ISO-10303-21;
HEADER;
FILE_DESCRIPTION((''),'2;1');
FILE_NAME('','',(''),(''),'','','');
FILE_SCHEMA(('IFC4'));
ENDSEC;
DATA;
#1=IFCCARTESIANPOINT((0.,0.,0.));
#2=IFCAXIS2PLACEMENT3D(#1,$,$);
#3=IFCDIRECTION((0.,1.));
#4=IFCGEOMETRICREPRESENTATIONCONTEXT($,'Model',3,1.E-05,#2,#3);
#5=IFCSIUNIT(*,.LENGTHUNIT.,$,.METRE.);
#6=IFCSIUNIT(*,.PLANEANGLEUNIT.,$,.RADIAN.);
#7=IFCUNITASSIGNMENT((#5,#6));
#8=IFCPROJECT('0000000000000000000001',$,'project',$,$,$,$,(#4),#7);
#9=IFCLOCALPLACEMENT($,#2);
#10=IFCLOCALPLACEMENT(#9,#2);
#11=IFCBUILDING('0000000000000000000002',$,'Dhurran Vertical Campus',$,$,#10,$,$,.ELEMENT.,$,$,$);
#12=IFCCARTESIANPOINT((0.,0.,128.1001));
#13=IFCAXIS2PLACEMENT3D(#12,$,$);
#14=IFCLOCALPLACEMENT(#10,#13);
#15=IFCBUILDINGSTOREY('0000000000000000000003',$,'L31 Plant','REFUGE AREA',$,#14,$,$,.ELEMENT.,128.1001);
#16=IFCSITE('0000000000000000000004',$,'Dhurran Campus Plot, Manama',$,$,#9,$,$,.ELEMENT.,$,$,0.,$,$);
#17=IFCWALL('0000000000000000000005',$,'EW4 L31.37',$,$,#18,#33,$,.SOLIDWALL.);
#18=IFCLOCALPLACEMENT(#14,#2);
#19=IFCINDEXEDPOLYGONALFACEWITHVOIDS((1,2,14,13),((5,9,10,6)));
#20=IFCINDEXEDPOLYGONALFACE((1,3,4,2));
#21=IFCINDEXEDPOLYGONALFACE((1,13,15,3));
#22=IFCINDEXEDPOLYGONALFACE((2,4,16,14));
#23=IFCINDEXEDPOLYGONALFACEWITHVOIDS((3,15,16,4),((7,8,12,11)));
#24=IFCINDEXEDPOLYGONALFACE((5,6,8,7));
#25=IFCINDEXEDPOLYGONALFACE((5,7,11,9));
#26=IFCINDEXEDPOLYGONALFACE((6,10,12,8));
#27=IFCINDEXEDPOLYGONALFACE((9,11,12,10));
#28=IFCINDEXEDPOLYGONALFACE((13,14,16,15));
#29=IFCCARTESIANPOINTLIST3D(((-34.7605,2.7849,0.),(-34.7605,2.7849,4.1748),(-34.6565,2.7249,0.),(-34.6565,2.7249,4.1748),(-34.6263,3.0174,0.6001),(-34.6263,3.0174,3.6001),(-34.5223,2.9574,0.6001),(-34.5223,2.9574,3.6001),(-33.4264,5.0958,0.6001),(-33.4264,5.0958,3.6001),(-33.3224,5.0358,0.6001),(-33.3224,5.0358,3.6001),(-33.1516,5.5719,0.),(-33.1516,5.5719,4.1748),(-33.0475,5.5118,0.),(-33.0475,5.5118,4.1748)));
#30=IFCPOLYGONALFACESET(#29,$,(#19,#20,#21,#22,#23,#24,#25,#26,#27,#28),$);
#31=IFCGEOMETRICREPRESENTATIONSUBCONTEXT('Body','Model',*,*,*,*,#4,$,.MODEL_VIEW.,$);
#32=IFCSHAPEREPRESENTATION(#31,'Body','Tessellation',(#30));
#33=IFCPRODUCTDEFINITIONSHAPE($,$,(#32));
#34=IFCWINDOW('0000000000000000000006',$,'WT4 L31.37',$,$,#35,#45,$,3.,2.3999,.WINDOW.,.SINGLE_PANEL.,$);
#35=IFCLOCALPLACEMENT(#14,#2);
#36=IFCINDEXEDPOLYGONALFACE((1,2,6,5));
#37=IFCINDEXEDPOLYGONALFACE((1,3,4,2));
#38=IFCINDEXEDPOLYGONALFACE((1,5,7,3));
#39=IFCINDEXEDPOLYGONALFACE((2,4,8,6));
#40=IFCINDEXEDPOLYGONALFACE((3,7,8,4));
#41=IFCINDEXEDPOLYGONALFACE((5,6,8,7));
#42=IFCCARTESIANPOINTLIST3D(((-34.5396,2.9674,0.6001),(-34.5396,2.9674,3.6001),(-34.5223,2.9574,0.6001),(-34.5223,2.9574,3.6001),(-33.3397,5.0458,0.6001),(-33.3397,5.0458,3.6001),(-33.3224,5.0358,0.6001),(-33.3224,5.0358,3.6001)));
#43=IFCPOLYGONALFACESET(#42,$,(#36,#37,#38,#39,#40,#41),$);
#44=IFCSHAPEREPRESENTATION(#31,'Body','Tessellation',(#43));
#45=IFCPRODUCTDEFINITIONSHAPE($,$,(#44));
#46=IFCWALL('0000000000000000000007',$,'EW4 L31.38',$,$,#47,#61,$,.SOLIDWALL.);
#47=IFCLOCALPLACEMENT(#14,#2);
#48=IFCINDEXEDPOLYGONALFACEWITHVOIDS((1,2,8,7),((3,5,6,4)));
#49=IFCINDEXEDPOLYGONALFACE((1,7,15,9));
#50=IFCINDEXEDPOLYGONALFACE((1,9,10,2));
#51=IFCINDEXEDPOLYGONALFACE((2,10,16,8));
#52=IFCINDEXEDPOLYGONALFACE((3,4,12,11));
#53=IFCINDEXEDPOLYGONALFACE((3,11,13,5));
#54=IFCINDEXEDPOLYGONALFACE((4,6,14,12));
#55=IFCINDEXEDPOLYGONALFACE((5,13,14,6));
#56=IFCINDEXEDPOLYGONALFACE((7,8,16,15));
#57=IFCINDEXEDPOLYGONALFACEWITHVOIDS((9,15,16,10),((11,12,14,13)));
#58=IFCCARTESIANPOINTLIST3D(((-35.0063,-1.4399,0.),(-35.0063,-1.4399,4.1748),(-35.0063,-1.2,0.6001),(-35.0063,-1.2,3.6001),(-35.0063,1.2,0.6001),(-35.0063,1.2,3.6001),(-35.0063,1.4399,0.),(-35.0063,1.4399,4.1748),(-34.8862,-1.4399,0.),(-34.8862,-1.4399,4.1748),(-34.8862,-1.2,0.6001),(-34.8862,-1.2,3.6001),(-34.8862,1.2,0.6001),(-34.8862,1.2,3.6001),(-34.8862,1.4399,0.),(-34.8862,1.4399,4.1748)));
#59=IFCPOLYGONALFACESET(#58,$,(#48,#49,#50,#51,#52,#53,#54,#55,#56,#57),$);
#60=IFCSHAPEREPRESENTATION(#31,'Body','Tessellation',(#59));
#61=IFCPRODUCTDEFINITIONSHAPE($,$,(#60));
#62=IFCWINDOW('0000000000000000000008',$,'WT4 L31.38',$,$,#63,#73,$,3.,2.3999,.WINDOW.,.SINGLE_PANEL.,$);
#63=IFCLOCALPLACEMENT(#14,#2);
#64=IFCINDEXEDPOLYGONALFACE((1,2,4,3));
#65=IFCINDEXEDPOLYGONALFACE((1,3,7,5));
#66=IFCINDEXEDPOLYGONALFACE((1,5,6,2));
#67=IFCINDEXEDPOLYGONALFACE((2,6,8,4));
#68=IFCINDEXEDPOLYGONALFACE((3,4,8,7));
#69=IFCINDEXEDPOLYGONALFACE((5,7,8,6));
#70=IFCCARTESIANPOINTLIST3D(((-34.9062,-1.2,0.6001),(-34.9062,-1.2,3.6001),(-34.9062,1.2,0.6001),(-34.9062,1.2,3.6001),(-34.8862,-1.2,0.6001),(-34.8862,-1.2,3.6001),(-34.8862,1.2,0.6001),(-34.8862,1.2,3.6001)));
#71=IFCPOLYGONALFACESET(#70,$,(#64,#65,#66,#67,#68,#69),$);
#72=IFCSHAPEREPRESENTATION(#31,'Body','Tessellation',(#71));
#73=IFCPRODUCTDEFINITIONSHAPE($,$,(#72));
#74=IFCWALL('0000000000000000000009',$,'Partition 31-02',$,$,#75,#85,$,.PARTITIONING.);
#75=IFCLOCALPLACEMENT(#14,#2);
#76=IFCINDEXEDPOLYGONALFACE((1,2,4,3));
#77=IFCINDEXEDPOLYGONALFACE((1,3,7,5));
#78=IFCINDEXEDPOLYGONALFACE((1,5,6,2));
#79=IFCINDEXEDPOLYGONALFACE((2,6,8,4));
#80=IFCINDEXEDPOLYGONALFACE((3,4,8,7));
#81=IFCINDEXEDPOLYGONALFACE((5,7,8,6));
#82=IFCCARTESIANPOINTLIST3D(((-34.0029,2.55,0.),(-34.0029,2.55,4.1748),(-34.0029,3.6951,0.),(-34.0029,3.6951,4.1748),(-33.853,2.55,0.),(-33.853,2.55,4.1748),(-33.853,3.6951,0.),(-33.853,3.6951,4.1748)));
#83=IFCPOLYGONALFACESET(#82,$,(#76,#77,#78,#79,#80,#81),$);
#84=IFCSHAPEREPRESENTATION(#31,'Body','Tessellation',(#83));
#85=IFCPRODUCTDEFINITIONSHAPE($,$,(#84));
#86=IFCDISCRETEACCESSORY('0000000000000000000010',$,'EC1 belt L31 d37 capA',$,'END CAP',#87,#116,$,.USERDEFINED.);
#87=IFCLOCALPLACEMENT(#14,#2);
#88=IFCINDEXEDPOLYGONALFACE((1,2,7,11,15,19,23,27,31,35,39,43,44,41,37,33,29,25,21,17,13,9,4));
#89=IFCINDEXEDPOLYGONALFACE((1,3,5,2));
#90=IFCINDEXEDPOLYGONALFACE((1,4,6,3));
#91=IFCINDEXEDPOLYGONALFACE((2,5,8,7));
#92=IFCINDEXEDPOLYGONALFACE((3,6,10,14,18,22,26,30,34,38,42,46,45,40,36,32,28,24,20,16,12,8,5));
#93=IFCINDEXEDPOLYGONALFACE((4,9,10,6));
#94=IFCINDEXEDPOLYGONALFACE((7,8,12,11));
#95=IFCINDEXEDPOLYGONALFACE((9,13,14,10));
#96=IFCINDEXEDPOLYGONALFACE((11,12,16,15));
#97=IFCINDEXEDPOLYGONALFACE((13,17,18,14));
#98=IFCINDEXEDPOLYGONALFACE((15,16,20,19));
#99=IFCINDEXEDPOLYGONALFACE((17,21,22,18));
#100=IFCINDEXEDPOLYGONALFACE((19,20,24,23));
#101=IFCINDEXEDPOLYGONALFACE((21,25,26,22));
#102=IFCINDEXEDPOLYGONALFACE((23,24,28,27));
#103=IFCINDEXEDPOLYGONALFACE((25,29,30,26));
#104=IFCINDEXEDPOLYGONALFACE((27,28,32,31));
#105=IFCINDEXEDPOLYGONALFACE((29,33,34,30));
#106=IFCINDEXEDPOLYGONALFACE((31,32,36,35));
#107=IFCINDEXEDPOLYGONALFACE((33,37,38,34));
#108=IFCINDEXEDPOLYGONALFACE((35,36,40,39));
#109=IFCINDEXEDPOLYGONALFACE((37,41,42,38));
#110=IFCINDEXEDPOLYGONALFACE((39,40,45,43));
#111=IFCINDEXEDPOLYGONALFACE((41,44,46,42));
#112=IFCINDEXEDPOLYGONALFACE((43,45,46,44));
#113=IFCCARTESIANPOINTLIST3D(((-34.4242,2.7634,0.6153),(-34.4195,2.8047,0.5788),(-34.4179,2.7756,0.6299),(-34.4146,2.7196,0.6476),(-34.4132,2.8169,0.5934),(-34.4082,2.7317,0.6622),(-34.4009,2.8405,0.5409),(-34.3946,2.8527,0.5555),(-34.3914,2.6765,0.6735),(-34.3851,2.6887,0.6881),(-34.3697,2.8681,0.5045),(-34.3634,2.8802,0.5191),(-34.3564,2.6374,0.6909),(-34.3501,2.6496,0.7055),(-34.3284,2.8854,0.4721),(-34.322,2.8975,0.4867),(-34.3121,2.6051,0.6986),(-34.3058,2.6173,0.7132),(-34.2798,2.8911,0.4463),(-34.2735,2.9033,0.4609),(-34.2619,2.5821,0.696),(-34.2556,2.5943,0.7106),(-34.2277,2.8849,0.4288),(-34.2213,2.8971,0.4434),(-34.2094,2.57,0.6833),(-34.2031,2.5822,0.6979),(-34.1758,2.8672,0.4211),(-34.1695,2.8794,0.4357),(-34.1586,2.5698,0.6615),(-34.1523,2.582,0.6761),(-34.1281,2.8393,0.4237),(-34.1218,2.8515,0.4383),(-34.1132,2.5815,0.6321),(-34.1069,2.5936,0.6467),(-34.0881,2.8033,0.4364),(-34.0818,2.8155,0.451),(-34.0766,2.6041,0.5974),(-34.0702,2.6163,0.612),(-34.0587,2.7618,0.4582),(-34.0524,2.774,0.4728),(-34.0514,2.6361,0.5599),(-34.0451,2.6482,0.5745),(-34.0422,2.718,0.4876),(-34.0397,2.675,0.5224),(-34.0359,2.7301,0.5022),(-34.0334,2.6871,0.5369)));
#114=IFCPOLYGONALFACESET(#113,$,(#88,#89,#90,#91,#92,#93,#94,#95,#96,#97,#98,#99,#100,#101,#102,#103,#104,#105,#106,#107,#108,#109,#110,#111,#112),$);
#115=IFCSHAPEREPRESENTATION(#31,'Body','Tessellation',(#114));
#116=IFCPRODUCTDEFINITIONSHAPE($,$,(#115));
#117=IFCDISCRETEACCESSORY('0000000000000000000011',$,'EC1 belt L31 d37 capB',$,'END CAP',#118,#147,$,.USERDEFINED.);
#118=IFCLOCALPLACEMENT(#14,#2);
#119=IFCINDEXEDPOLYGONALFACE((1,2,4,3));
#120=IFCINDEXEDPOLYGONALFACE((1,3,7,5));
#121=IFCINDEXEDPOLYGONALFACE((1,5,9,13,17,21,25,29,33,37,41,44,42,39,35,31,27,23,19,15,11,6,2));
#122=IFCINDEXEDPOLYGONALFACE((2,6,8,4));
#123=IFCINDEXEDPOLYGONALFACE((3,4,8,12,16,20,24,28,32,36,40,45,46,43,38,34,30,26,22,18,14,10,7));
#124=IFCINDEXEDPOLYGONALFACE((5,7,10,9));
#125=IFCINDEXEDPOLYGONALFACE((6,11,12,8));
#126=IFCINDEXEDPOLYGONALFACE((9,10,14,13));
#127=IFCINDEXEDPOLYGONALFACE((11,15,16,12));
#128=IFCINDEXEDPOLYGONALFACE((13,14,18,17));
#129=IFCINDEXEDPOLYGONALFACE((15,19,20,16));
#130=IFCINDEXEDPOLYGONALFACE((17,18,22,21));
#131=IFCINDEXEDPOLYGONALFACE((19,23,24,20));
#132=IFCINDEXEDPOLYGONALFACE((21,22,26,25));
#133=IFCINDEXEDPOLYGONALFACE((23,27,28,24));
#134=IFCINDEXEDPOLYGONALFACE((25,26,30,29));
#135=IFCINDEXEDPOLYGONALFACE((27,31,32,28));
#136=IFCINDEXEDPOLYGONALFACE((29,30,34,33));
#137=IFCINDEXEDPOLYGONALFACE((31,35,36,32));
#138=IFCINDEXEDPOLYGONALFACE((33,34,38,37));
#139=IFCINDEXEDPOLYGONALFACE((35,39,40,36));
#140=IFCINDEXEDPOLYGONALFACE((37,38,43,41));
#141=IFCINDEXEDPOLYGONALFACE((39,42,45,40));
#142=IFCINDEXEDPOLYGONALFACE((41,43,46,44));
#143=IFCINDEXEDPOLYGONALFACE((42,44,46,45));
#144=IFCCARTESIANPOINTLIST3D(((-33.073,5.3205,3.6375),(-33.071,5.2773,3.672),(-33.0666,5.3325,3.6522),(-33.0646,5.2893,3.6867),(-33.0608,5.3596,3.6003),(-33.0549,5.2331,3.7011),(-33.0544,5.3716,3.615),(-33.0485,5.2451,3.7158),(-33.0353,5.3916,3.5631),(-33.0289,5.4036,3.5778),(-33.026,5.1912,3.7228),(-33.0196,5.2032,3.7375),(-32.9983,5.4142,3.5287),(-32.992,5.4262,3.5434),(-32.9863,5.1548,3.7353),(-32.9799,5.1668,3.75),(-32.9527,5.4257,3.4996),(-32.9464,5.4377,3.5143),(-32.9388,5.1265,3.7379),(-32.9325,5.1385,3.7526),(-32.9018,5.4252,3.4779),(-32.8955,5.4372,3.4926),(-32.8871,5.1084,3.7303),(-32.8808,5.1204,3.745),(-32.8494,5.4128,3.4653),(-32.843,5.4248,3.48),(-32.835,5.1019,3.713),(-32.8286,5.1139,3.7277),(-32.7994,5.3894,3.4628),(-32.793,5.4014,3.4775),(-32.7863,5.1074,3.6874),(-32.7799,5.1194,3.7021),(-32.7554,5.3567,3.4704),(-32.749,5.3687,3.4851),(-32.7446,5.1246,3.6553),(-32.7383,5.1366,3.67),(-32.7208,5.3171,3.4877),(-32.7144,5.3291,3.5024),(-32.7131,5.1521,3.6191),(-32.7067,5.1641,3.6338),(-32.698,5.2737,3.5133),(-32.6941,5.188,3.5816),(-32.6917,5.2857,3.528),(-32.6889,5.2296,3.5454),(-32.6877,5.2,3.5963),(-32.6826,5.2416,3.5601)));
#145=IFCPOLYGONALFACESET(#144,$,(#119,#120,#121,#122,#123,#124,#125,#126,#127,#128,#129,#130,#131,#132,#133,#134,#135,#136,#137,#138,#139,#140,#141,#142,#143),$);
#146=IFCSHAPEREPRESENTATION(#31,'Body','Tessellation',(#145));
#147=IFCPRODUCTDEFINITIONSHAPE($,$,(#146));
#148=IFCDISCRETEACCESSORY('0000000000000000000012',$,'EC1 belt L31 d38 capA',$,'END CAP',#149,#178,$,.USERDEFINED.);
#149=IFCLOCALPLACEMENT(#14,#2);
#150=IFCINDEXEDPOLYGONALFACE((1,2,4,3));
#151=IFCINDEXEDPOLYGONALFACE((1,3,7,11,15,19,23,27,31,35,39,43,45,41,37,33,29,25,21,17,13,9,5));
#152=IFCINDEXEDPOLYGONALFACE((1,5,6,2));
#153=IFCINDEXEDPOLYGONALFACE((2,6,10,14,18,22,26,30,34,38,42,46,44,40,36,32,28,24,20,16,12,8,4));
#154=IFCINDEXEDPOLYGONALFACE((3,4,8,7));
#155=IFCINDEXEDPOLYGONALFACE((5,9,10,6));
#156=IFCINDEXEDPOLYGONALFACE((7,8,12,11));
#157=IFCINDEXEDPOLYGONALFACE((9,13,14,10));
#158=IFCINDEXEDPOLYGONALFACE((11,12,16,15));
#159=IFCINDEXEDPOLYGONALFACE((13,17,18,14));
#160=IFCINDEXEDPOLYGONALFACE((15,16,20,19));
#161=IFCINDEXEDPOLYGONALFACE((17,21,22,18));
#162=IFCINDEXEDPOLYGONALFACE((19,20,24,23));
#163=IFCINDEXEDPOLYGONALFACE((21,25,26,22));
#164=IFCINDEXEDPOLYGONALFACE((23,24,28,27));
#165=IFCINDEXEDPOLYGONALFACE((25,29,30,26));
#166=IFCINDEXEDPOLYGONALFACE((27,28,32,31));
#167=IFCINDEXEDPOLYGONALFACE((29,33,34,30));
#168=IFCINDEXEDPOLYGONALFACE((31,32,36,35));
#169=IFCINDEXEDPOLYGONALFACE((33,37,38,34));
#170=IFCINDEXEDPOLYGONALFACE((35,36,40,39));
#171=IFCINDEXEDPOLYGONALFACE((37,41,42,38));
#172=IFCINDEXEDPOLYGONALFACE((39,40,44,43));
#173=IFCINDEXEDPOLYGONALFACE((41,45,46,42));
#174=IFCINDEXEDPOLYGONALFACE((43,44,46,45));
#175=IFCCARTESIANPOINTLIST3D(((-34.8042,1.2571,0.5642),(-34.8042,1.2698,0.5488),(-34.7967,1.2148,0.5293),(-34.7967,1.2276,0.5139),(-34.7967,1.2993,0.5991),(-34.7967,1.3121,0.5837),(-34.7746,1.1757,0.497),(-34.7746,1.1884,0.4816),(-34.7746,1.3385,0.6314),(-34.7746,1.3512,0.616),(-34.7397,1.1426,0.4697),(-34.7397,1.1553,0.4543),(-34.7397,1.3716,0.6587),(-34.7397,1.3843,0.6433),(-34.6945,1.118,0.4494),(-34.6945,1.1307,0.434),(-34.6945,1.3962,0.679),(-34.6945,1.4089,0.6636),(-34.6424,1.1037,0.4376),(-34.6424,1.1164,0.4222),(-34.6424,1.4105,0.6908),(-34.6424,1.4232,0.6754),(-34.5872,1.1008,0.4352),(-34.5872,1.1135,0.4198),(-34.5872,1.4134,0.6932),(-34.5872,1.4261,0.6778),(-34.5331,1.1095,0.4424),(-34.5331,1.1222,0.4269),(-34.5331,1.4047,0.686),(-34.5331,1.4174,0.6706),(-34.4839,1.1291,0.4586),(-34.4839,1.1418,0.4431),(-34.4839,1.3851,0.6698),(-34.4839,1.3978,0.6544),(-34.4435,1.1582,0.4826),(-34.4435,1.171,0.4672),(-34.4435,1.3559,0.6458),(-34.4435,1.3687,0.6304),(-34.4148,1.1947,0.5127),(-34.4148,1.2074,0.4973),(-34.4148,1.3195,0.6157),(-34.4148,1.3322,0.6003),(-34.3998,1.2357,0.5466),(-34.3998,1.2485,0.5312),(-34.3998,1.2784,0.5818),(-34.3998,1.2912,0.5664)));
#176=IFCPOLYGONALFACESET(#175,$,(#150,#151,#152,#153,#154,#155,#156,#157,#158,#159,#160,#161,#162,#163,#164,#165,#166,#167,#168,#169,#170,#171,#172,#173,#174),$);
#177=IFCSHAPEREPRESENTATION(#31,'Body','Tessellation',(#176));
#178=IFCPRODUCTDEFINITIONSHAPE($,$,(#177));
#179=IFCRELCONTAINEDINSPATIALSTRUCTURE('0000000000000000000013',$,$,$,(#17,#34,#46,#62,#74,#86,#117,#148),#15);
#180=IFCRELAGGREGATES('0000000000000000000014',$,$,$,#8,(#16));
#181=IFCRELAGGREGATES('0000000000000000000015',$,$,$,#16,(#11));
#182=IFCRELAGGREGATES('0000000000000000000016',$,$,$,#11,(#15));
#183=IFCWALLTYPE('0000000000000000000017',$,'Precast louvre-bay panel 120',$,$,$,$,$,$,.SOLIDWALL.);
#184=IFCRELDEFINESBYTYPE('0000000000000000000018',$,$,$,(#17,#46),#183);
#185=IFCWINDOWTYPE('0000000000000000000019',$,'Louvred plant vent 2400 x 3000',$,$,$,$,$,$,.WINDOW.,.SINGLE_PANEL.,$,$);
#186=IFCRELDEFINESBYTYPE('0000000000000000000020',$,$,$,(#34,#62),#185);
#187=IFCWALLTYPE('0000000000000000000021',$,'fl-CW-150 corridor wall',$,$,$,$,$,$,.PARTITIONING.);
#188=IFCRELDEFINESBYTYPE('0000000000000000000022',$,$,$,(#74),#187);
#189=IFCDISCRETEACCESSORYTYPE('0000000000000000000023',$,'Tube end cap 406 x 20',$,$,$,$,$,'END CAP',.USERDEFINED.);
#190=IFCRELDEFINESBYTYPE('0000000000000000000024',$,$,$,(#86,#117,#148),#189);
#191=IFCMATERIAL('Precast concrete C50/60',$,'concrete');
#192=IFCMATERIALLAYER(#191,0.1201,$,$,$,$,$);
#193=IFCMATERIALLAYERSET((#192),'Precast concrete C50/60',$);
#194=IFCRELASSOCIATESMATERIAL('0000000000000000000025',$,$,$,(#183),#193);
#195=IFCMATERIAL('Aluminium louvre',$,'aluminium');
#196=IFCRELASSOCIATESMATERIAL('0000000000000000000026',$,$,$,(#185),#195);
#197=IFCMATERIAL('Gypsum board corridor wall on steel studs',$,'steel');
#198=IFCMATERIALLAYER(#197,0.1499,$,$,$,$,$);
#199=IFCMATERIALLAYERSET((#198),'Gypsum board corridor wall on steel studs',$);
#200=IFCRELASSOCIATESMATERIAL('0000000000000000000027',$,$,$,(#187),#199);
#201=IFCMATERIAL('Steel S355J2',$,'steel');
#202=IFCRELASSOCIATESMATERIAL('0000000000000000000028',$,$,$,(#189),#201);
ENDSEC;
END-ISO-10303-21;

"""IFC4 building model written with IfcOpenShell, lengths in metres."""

from ifc_helpers import new_model, si_unit, direction, frame, frame_2d, origin, origin_2d, place, context, subcontext, project, spatial, rectangle, circle, extrude, material, layer, layer_set, material_profile, profile_set, type_object, element, fill, save


model = new_model("IFC4")

# Units and contexts
model_context = context("Model", 3, precision=1e-05, world=origin(), true_north=direction((0.0, 1.0)))
body_context = subcontext(model_context, "Body", "Model", "MODEL_VIEW")
ifc_project = project(units=[si_unit("LENGTHUNIT", "METRE"), si_unit("PLANEANGLEUNIT", "RADIAN")], contexts=[model_context])

# Site, building, storey
site_placement = place(None, origin())
site = spatial("IfcSite", under=ifc_project, at=site_placement, Name="Dhurran Campus Plot, Manama", CompositionType="ELEMENT", RefElevation=0.0)
building_placement = place(site_placement, origin())
building = spatial("IfcBuilding", under=site, at=building_placement, Name="Dhurran Vertical Campus", CompositionType="ELEMENT")
storey_placement = place(building_placement, frame((0.0, 0.0, 128.1001)))
storey = spatial("IfcBuildingStorey", under=building, at=storey_placement, Name="L31 Plant", Description="REFUGE AREA", CompositionType="ELEMENT", Elevation=128.1001)

# Walls, openings, windows
ifc_material_1 = material(Name="Precast concrete C50/60", Category="concrete")
ifc_layer_1 = layer(ifc_material_1, 0.1201)
ifc_layer_set_1 = layer_set([ifc_layer_1], Name="Precast concrete C50/60")
wall_type_1 = type_object("IfcWallType", Name="Precast louvre-bay panel 120", PredefinedType="SOLIDWALL", material=ifc_layer_set_1)
wall_1_placement = place(storey_placement, frame((-33.0996, 5.5417, 0.0), z_axis=(0.0, 0.0, 1.0), x_axis=(-0.499974, -0.86604, 0.0)))
wall_1 = element("IfcWall", 1, at=wall_1_placement, inside=storey, type_object=wall_type_1, Name="EW4 L31.37", PredefinedType="SOLIDWALL", context=body_context, shape_type="SweptSolid", body=[
    extrude(rectangle(XDim=3.218, YDim=0.1201, at=frame_2d((1.6089, 0.0))), origin(), (0.0, 0.0, 1.0), 4.1748),
])
opening_1_placement = place(wall_1_placement, frame((0.5496, 0.0, 0.6001)))
opening_1 = element("IfcOpeningElement", 2, at=opening_1_placement, cuts=wall_1, PredefinedType="OPENING", context=body_context, shape_type="SweptSolid", body=[
    extrude(rectangle(XDim=2.3999, YDim=3.0, at=frame_2d((1.2, 1.5))), frame((0.0, 0.0701, 0.0), z_axis=(0.0, -1.0, 0.0), x_axis=(1.0, 0.0, 0.0)), (0.0, 0.0, 1.0), 0.1401),
])
ifc_material_2 = material(Name="Aluminium louvre", Category="aluminium")
window_type = type_object("IfcWindowType", Name="Louvred plant vent 2400 x 3000", PartitioningType="SINGLE_PANEL", PredefinedType="WINDOW", material=ifc_material_2)
window_1_placement = place(opening_1_placement, origin())
window_1 = element("IfcWindow", 3, at=window_1_placement, inside=storey, type_object=window_type, Name="WT4 L31.37", OverallHeight=3.0, OverallWidth=2.3999, PartitioningType="SINGLE_PANEL", PredefinedType="WINDOW", context=body_context, shape_type="SweptSolid", body=[
    extrude(rectangle(XDim=2.3999, YDim=3.0, at=frame_2d((1.2, 1.5))), frame((0.0, 0.0601, 0.0), z_axis=(0.0, -1.0, 0.0), x_axis=(1.0, 0.0, 0.0)), (0.0, 0.0, 1.0), 0.02),
])
fill(opening_1, window_1)
wall_2_placement = place(storey_placement, frame((-34.9463, 1.4399, 0.0), z_axis=(0.0, 0.0, 1.0), x_axis=(0.0, -1.0, 0.0)))
wall_2 = element("IfcWall", 4, at=wall_2_placement, inside=storey, type_object=wall_type_1, Name="EW4 L31.38", PredefinedType="SOLIDWALL", context=body_context, shape_type="SweptSolid", body=[
    extrude(rectangle(XDim=2.8799, YDim=0.1201, at=frame_2d((1.4399, 0.0))), origin(), (0.0, 0.0, 1.0), 4.1748),
])
opening_2_placement = place(wall_2_placement, frame((0.24, 0.0, 0.6001)))
opening_2 = element("IfcOpeningElement", 5, at=opening_2_placement, cuts=wall_2, PredefinedType="OPENING", context=body_context, shape_type="SweptSolid", body=[
    extrude(rectangle(XDim=2.3999, YDim=3.0, at=frame_2d((1.2, 1.5))), frame((0.0, 0.0701, 0.0), z_axis=(0.0, -1.0, 0.0), x_axis=(1.0, 0.0, 0.0)), (0.0, 0.0, 1.0), 0.1401),
])
window_2_placement = place(opening_2_placement, origin())
window_2 = element("IfcWindow", 6, at=window_2_placement, inside=storey, type_object=window_type, Name="WT4 L31.38", OverallHeight=3.0, OverallWidth=2.3999, PartitioningType="SINGLE_PANEL", PredefinedType="WINDOW", context=body_context, shape_type="SweptSolid", body=[
    extrude(rectangle(XDim=2.3999, YDim=3.0, at=frame_2d((1.2, 1.5))), frame((0.0, 0.0601, 0.0), z_axis=(0.0, -1.0, 0.0), x_axis=(1.0, 0.0, 0.0)), (0.0, 0.0, 1.0), 0.02),
])
fill(opening_2, window_2)

# Wall
ifc_material_3 = material(Name="Gypsum board corridor wall on steel studs", Category="steel")
ifc_layer_2 = layer(ifc_material_3, 0.1499)
ifc_layer_set_2 = layer_set([ifc_layer_2], Name="Gypsum board corridor wall on steel studs")
wall_type_2 = type_object("IfcWallType", Name="fl-CW-150 corridor wall", PredefinedType="PARTITIONING", material=ifc_layer_set_2)
wall_3_placement = place(storey_placement, frame((-33.928, 2.55, 0.0), z_axis=(0.0, 0.0, 1.0), x_axis=(0.0, 1.0, 0.0)))
element("IfcWall", 7, at=wall_3_placement, inside=storey, type_object=wall_type_2, Name="Partition 31-02", PredefinedType="PARTITIONING", context=body_context, shape_type="SweptSolid", body=[
    extrude(rectangle(XDim=1.145, YDim=0.1499, at=frame_2d((0.5725, 0.0))), origin(), (0.0, 0.0, 1.0), 4.1748),
])

# Discrete accessories
ifc_material_4 = material(Name="Steel S355J2", Category="steel")
ifc_material_profile_1 = material_profile(ifc_material_4, circle(Radius=0.2031, at=origin_2d()), Name="Tube end cap 406 x 20")
ifc_profile_set_1 = profile_set([ifc_material_profile_1], Name="Steel S355J2")
discrete_accessory_type_1 = type_object("IfcDiscreteAccessoryType", Name="Tube end cap 406 x 20", ElementType="END CAP", PredefinedType="USERDEFINED", material=ifc_profile_set_1)
for number, where, z_axis, x_axis, name in (
    (8, (-34.2253, 2.7419, 0.5745), (-0.315854, -0.607412, -0.728894), (0.887217, -0.461353, 0.0), "EC1 belt L31 d37 capA"),
    (9, (-32.8813, 5.2644, 3.6003), (0.318187, 0.59966, 0.734278), (-0.883349, 0.468716, 0.0), "EC1 belt L31 d37 capB"),
    (10, (-34.6011, 1.2571, 0.5642), (0.0, 0.636565, -0.771223), (-1.0, 0.0, 0.0), "EC1 belt L31 d38 capA"),
):
    element("IfcDiscreteAccessory", number, at=place(storey_placement, frame(where, z_axis=z_axis, x_axis=x_axis)), inside=storey, type_object=discrete_accessory_type_1, Name=name, ObjectType="END CAP", PredefinedType="USERDEFINED", context=body_context, shape_type="SweptSolid", body=[
        extrude(circle(Radius=0.2031, at=origin_2d()), origin(), (0.0, 0.0, 1.0), 0.02),
    ])

save(model, "model.ifc")
